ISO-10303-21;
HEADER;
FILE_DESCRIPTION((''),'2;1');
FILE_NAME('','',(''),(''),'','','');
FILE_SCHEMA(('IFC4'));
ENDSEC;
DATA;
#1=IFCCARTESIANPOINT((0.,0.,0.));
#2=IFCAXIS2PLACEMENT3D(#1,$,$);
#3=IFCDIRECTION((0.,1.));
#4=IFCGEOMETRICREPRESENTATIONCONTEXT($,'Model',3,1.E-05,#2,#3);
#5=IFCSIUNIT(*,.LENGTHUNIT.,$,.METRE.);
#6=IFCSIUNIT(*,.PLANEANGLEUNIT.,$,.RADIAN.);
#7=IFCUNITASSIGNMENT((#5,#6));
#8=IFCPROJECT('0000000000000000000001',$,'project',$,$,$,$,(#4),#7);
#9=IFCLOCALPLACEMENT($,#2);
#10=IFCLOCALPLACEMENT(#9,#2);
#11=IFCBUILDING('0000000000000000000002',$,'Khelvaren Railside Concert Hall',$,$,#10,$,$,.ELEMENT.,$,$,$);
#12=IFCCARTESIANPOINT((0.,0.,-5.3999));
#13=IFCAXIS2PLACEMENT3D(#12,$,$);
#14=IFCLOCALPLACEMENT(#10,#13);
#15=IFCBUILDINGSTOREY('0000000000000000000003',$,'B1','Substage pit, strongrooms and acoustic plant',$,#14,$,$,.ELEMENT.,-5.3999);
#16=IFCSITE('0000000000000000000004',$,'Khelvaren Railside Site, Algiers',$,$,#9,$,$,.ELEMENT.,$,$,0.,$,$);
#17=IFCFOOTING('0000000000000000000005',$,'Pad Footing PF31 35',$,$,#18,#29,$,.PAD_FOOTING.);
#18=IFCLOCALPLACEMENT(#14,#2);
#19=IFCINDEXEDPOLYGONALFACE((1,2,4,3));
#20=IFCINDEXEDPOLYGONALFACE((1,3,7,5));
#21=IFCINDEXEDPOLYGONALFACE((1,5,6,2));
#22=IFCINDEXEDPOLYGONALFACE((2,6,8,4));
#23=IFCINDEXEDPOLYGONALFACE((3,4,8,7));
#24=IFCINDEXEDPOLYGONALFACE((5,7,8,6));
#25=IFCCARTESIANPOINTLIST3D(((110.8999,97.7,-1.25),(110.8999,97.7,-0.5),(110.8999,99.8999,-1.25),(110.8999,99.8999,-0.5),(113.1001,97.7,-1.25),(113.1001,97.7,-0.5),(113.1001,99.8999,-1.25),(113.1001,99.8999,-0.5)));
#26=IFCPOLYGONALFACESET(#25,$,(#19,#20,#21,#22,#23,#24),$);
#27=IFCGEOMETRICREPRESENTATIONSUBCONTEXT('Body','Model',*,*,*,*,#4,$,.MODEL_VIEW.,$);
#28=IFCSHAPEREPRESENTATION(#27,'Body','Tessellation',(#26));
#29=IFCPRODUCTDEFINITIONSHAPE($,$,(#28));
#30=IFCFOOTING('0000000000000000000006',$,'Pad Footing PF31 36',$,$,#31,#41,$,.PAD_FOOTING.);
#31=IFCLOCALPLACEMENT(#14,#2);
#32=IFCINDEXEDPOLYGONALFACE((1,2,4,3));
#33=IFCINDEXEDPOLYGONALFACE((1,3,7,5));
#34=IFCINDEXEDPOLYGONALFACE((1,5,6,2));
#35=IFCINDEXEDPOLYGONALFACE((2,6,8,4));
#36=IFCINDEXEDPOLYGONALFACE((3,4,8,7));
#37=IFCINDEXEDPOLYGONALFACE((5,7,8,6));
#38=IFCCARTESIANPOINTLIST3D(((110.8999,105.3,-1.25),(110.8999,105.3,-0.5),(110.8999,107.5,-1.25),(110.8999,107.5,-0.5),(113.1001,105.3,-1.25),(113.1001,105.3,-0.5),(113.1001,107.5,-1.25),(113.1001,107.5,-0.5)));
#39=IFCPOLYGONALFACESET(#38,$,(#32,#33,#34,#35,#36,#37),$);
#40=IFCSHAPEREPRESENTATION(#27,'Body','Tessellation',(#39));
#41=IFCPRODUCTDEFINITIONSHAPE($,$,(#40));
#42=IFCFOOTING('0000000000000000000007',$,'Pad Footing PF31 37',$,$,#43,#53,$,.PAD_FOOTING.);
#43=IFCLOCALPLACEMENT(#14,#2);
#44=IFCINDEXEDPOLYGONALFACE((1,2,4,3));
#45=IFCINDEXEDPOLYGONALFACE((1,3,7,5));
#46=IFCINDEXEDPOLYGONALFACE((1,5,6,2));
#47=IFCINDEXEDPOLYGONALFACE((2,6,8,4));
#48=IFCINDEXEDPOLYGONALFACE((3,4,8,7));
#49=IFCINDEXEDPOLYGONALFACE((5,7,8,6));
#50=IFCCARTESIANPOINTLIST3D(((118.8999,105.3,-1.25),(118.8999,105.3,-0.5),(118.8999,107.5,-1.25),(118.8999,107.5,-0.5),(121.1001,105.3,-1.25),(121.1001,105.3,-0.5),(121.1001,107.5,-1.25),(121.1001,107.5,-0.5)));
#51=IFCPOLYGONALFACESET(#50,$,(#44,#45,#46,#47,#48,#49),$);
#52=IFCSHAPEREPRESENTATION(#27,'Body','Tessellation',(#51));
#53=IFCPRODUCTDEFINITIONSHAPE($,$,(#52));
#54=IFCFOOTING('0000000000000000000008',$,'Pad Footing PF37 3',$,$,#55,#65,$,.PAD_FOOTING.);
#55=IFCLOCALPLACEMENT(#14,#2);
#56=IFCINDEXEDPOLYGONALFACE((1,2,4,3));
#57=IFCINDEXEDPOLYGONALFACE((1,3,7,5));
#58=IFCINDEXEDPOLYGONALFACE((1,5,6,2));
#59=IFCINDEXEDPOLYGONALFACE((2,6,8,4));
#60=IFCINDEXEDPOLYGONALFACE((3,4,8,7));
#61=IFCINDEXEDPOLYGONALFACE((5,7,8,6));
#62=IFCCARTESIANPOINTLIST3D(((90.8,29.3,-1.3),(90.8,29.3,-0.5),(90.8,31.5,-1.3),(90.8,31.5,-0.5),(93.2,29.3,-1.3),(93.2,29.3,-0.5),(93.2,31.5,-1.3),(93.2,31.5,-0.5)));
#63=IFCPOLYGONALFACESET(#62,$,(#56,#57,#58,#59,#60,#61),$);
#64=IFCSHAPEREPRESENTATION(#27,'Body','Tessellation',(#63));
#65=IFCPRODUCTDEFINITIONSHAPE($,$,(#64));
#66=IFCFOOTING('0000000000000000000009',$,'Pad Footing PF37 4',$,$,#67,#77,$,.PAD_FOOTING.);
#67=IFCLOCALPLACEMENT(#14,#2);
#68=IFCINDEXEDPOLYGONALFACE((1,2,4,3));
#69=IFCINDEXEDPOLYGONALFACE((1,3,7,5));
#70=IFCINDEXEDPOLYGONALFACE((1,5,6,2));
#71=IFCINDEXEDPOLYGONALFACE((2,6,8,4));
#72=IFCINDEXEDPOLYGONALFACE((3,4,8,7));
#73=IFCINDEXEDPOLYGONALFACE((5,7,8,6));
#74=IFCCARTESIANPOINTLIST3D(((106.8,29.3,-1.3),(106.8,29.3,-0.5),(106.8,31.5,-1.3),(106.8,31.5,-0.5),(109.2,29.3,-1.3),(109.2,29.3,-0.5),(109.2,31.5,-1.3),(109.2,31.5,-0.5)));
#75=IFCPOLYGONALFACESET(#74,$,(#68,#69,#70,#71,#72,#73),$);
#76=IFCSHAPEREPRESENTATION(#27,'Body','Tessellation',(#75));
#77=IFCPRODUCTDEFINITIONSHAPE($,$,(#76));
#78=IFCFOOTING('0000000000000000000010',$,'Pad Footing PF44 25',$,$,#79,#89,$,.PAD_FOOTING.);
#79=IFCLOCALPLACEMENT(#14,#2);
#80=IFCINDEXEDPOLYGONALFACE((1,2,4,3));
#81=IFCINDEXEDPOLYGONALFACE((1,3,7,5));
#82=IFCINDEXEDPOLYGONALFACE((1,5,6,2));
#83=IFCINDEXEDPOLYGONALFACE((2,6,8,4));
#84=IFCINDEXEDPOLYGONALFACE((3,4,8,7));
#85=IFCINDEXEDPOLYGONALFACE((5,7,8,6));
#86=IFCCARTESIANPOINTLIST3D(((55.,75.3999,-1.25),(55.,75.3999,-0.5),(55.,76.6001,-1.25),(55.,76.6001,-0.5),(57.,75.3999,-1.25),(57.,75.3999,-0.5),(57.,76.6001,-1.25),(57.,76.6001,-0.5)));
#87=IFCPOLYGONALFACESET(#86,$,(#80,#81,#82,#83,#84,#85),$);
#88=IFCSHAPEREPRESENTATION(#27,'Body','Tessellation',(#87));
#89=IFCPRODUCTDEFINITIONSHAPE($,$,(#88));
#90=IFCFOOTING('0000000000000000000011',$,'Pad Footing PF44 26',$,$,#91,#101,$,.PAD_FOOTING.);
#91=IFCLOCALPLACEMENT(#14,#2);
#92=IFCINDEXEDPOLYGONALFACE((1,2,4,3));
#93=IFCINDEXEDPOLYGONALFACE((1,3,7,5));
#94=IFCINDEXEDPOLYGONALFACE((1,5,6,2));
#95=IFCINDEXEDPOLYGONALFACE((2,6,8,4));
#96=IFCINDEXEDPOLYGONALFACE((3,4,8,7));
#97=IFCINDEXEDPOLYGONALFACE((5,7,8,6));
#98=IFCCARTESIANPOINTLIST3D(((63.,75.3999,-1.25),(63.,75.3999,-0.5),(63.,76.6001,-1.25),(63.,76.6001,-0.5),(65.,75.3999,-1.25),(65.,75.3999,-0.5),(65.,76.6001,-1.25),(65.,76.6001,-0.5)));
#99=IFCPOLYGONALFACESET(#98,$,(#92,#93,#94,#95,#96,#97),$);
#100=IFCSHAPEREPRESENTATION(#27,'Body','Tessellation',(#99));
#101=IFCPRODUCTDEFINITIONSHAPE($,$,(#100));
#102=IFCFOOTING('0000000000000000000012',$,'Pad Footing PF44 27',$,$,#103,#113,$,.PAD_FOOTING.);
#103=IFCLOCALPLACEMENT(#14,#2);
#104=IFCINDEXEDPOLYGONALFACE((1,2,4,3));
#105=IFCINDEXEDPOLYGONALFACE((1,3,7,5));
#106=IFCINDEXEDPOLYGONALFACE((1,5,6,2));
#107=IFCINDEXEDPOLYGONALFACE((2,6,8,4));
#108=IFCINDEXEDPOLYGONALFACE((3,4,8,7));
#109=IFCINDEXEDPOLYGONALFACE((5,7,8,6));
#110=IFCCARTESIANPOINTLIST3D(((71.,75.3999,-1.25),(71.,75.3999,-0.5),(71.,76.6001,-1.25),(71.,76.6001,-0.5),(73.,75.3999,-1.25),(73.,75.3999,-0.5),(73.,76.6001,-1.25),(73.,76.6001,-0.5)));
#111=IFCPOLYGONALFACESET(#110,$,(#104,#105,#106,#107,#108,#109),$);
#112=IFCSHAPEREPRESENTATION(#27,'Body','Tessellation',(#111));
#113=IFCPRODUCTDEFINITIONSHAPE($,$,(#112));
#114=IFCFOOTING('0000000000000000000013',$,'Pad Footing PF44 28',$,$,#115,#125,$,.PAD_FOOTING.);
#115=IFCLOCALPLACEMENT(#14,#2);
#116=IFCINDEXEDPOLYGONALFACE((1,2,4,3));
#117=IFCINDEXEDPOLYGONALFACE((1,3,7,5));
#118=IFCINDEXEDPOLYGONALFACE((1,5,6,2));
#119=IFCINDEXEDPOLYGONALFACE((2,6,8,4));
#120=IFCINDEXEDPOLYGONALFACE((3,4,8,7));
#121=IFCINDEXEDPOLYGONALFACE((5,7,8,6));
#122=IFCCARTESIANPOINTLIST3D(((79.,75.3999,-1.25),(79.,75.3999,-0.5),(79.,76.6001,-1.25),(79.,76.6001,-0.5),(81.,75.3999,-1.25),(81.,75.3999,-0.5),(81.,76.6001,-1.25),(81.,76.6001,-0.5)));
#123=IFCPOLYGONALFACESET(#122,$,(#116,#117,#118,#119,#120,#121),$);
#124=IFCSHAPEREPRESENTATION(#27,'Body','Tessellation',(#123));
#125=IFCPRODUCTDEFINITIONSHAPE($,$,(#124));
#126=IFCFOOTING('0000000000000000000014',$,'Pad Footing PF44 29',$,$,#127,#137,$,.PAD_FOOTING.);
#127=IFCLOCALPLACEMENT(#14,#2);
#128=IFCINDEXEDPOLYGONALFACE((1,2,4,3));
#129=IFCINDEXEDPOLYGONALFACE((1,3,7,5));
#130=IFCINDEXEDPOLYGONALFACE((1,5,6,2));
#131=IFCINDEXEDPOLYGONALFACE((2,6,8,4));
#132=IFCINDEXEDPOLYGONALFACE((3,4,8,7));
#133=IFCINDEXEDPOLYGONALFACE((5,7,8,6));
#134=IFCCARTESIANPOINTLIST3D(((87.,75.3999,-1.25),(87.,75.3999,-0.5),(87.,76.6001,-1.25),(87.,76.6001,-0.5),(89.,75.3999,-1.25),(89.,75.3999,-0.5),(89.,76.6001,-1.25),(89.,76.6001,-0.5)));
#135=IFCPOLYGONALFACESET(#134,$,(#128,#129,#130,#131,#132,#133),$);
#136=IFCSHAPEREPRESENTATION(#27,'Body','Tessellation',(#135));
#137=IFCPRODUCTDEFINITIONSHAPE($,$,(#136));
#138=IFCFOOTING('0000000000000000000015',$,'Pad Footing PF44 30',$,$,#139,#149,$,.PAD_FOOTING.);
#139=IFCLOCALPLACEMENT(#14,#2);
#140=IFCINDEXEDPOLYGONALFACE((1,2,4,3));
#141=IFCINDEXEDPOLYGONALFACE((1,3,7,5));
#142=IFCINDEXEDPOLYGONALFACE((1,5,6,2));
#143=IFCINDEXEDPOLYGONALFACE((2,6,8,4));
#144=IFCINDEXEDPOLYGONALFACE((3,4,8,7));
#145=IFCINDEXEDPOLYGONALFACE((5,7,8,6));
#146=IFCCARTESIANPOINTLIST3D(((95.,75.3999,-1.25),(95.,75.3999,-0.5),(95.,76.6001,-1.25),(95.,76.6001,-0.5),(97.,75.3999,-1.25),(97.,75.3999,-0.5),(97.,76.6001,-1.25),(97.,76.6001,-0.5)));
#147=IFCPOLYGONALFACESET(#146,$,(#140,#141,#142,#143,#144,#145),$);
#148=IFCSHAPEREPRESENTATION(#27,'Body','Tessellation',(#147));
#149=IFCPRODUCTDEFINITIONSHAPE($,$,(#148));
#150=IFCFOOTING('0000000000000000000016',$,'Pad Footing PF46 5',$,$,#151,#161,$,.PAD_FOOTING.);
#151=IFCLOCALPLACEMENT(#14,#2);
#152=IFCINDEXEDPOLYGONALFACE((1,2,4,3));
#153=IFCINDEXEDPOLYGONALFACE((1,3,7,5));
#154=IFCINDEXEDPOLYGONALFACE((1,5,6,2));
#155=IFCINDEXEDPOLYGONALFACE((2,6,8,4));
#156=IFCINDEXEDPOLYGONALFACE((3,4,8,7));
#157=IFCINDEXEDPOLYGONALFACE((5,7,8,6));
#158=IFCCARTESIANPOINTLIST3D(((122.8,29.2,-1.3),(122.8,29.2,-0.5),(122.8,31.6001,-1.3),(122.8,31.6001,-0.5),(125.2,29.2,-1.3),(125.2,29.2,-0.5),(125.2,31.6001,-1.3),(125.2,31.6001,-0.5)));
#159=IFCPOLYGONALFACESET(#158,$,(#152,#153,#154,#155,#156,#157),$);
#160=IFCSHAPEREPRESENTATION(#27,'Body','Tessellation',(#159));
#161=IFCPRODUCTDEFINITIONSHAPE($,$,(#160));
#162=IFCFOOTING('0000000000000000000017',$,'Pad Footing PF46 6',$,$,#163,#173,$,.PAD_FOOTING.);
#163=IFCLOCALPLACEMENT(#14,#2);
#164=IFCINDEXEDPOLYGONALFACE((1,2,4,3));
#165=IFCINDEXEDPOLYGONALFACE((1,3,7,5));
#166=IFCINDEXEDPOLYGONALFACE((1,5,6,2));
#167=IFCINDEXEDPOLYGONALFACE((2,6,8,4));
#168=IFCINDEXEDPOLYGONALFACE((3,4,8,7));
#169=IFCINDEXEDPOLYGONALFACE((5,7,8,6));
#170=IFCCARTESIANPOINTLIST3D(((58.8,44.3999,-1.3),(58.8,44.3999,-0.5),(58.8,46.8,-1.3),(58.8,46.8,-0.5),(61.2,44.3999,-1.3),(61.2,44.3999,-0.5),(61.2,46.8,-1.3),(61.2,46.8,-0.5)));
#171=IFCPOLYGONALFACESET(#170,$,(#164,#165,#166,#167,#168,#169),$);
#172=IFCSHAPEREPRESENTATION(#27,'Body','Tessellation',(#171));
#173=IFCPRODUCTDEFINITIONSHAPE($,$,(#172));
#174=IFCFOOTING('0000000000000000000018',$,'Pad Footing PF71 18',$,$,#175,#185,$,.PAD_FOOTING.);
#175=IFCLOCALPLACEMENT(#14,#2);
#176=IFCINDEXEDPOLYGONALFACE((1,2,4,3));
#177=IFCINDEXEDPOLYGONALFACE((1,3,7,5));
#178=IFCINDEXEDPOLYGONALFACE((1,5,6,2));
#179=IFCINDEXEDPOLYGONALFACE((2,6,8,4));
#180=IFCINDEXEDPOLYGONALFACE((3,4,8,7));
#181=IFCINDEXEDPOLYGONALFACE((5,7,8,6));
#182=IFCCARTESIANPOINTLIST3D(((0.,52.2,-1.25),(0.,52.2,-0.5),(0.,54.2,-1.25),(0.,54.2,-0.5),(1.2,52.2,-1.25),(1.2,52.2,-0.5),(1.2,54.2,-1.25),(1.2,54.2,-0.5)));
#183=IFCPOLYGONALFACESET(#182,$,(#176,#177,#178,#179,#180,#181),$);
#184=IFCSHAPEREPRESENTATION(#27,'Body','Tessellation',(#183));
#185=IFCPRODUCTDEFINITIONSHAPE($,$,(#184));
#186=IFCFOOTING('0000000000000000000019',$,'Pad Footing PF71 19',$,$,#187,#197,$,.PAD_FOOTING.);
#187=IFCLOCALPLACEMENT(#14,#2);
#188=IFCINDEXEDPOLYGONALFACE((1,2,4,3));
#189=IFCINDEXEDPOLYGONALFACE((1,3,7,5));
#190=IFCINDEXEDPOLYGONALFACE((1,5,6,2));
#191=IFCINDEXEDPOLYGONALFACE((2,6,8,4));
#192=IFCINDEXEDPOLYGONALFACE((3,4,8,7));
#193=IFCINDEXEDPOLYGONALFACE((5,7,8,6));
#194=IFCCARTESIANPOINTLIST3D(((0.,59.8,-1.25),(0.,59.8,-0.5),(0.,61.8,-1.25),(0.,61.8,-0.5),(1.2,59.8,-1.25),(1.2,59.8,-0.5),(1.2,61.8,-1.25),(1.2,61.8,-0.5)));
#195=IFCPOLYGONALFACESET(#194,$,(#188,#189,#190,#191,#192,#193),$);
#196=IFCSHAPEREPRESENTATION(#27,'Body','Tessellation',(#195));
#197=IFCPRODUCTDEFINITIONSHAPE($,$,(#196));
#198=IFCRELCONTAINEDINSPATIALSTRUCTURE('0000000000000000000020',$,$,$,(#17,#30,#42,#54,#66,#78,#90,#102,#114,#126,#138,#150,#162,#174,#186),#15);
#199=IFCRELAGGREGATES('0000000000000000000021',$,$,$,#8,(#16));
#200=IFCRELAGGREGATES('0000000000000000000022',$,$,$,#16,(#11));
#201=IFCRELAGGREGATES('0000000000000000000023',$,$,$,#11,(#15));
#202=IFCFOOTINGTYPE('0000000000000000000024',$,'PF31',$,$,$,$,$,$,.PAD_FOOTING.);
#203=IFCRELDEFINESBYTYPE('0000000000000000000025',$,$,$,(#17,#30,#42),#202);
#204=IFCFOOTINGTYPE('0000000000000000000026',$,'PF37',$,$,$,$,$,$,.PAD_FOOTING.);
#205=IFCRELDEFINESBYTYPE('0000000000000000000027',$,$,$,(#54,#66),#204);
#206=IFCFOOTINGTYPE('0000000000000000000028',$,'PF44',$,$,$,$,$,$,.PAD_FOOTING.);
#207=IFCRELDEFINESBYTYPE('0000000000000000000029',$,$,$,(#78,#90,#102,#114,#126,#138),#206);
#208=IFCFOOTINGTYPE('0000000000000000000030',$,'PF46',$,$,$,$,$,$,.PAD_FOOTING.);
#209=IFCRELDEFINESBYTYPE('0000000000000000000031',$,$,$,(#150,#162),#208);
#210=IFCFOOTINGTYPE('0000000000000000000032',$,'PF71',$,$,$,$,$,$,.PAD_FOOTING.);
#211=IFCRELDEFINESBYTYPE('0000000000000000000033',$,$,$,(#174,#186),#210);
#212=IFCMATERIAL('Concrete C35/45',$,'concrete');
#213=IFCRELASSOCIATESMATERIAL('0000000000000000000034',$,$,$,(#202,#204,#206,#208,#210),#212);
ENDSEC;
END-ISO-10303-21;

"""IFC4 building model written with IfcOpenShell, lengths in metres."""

from ifc_helpers import new_model, si_unit, direction, frame, origin, place, context, subcontext, project, spatial, polyline, outline, extrude, material, type_object, element, save


model = new_model("IFC4")

# Units and contexts
model_context = context("Model", 3, precision=1e-05, world=origin(), true_north=direction((0.0, 1.0)))
body_context = subcontext(model_context, "Body", "Model", "MODEL_VIEW")
ifc_project = project(units=[si_unit("LENGTHUNIT", "METRE"), si_unit("PLANEANGLEUNIT", "RADIAN")], contexts=[model_context])

# Site, building, storey
site_placement = place(None, origin())
site = spatial("IfcSite", under=ifc_project, at=site_placement, Name="Khelvaren Railside Site, Algiers", CompositionType="ELEMENT", RefElevation=0.0)
building_placement = place(site_placement, origin())
building = spatial("IfcBuilding", under=site, at=building_placement, Name="Khelvaren Railside Concert Hall", CompositionType="ELEMENT")
storey_placement = place(building_placement, frame((0.0, 0.0, -5.3999)))
storey = spatial("IfcBuildingStorey", under=building, at=storey_placement, Name="B1", Description="Substage pit, strongrooms and acoustic plant", CompositionType="ELEMENT", Elevation=-5.3999)

# Footings
ifc_material = material(Name="Concrete C35/45", Category="concrete")
footing_type_1 = type_object("IfcFootingType", Name="PF31", PredefinedType="PAD_FOOTING", material=ifc_material)
footing_1_placement = place(storey_placement, frame((0.0, 0.0, -1.25)))
element("IfcFooting", 1, at=footing_1_placement, inside=storey, type_object=footing_type_1, Name="Pad Footing PF31 35", PredefinedType="PAD_FOOTING", context=body_context, shape_type="SweptSolid", body=[
    extrude(outline(polyline([(110.8999, 97.7), (113.1001, 97.7), (113.1001, 99.8999), (110.8999, 99.8999), (110.8999, 97.7)])), origin(), (0.0, 0.0, 1.0), 0.75),
])
footing_2_placement = place(storey_placement, frame((0.0, 0.0, -1.25)))
element("IfcFooting", 2, at=footing_2_placement, inside=storey, type_object=footing_type_1, Name="Pad Footing PF31 36", PredefinedType="PAD_FOOTING", context=body_context, shape_type="SweptSolid", body=[
    extrude(outline(polyline([(110.8999, 105.3), (113.1001, 105.3), (113.1001, 107.5), (110.8999, 107.5), (110.8999, 105.3)])), origin(), (0.0, 0.0, 1.0), 0.75),
])
footing_3_placement = place(storey_placement, frame((0.0, 0.0, -1.25)))
element("IfcFooting", 3, at=footing_3_placement, inside=storey, type_object=footing_type_1, Name="Pad Footing PF31 37", PredefinedType="PAD_FOOTING", context=body_context, shape_type="SweptSolid", body=[
    extrude(outline(polyline([(118.8999, 105.3), (121.1001, 105.3), (121.1001, 107.5), (118.8999, 107.5), (118.8999, 105.3)])), origin(), (0.0, 0.0, 1.0), 0.75),
])
footing_type_2 = type_object("IfcFootingType", Name="PF37", PredefinedType="PAD_FOOTING", material=ifc_material)
footing_4_placement = place(storey_placement, frame((0.0, 0.0, -1.3)))
element("IfcFooting", 4, at=footing_4_placement, inside=storey, type_object=footing_type_2, Name="Pad Footing PF37 3", PredefinedType="PAD_FOOTING", context=body_context, shape_type="SweptSolid", body=[
    extrude(outline(polyline([(90.8, 29.3), (93.2, 29.3), (93.2, 31.5), (90.8, 31.5), (90.8, 29.3)])), origin(), (0.0, 0.0, 1.0), 0.8),
])
footing_5_placement = place(storey_placement, frame((0.0, 0.0, -1.3)))
element("IfcFooting", 5, at=footing_5_placement, inside=storey, type_object=footing_type_2, Name="Pad Footing PF37 4", PredefinedType="PAD_FOOTING", context=body_context, shape_type="SweptSolid", body=[
    extrude(outline(polyline([(106.8, 29.3), (109.2, 29.3), (109.2, 31.5), (106.8, 31.5), (106.8, 29.3)])), origin(), (0.0, 0.0, 1.0), 0.8),
])
footing_type_3 = type_object("IfcFootingType", Name="PF44", PredefinedType="PAD_FOOTING", material=ifc_material)
footing_6_placement = place(storey_placement, frame((0.0, 0.0, -1.25)))
element("IfcFooting", 6, at=footing_6_placement, inside=storey, type_object=footing_type_3, Name="Pad Footing PF44 25", PredefinedType="PAD_FOOTING", context=body_context, shape_type="SweptSolid", body=[
    extrude(outline(polyline([(55.0, 75.3999), (57.0, 75.3999), (57.0, 76.6001), (55.0, 76.6001), (55.0, 75.3999)])), origin(), (0.0, 0.0, 1.0), 0.75),
])
footing_7_placement = place(storey_placement, frame((0.0, 0.0, -1.25)))
element("IfcFooting", 7, at=footing_7_placement, inside=storey, type_object=footing_type_3, Name="Pad Footing PF44 26", PredefinedType="PAD_FOOTING", context=body_context, shape_type="SweptSolid", body=[
    extrude(outline(polyline([(63.0, 75.3999), (65.0, 75.3999), (65.0, 76.6001), (63.0, 76.6001), (63.0, 75.3999)])), origin(), (0.0, 0.0, 1.0), 0.75),
])
footing_8_placement = place(storey_placement, frame((0.0, 0.0, -1.25)))
element("IfcFooting", 8, at=footing_8_placement, inside=storey, type_object=footing_type_3, Name="Pad Footing PF44 27", PredefinedType="PAD_FOOTING", context=body_context, shape_type="SweptSolid", body=[
    extrude(outline(polyline([(71.0, 75.3999), (73.0, 75.3999), (73.0, 76.6001), (71.0, 76.6001), (71.0, 75.3999)])), origin(), (0.0, 0.0, 1.0), 0.75),
])
footing_9_placement = place(storey_placement, frame((0.0, 0.0, -1.25)))
element("IfcFooting", 9, at=footing_9_placement, inside=storey, type_object=footing_type_3, Name="Pad Footing PF44 28", PredefinedType="PAD_FOOTING", context=body_context, shape_type="SweptSolid", body=[
    extrude(outline(polyline([(79.0, 75.3999), (81.0, 75.3999), (81.0, 76.6001), (79.0, 76.6001), (79.0, 75.3999)])), origin(), (0.0, 0.0, 1.0), 0.75),
])
footing_10_placement = place(storey_placement, frame((0.0, 0.0, -1.25)))
element("IfcFooting", 10, at=footing_10_placement, inside=storey, type_object=footing_type_3, Name="Pad Footing PF44 29", PredefinedType="PAD_FOOTING", context=body_context, shape_type="SweptSolid", body=[
    extrude(outline(polyline([(87.0, 75.3999), (89.0, 75.3999), (89.0, 76.6001), (87.0, 76.6001), (87.0, 75.3999)])), origin(), (0.0, 0.0, 1.0), 0.75),
])
footing_11_placement = place(storey_placement, frame((0.0, 0.0, -1.25)))
element("IfcFooting", 11, at=footing_11_placement, inside=storey, type_object=footing_type_3, Name="Pad Footing PF44 30", PredefinedType="PAD_FOOTING", context=body_context, shape_type="SweptSolid", body=[
    extrude(outline(polyline([(95.0, 75.3999), (97.0, 75.3999), (97.0, 76.6001), (95.0, 76.6001), (95.0, 75.3999)])), origin(), (0.0, 0.0, 1.0), 0.75),
])
footing_type_4 = type_object("IfcFootingType", Name="PF46", PredefinedType="PAD_FOOTING", material=ifc_material)
footing_12_placement = place(storey_placement, frame((0.0, 0.0, -1.3)))
element("IfcFooting", 12, at=footing_12_placement, inside=storey, type_object=footing_type_4, Name="Pad Footing PF46 5", PredefinedType="PAD_FOOTING", context=body_context, shape_type="SweptSolid", body=[
    extrude(outline(polyline([(122.8, 29.2), (125.2, 29.2), (125.2, 31.6001), (122.8, 31.6001), (122.8, 29.2)])), origin(), (0.0, 0.0, 1.0), 0.8),
])
footing_13_placement = place(storey_placement, frame((0.0, 0.0, -1.3)))
element("IfcFooting", 13, at=footing_13_placement, inside=storey, type_object=footing_type_4, Name="Pad Footing PF46 6", PredefinedType="PAD_FOOTING", context=body_context, shape_type="SweptSolid", body=[
    extrude(outline(polyline([(58.8, 44.3999), (61.2, 44.3999), (61.2, 46.8), (58.8, 46.8), (58.8, 44.3999)])), origin(), (0.0, 0.0, 1.0), 0.8),
])
footing_type_5 = type_object("IfcFootingType", Name="PF71", PredefinedType="PAD_FOOTING", material=ifc_material)
footing_14_placement = place(storey_placement, frame((0.0, 0.0, -1.25)))
element("IfcFooting", 14, at=footing_14_placement, inside=storey, type_object=footing_type_5, Name="Pad Footing PF71 18", PredefinedType="PAD_FOOTING", context=body_context, shape_type="SweptSolid", body=[
    extrude(outline(polyline([(0.0, 52.2), (1.2, 52.2), (1.2, 54.2), (0.0, 54.2), (0.0, 52.2)])), origin(), (0.0, 0.0, 1.0), 0.75),
])
footing_15_placement = place(storey_placement, frame((0.0, 0.0, -1.25)))
element("IfcFooting", 15, at=footing_15_placement, inside=storey, type_object=footing_type_5, Name="Pad Footing PF71 19", PredefinedType="PAD_FOOTING", context=body_context, shape_type="SweptSolid", body=[
    extrude(outline(polyline([(0.0, 59.8), (1.2, 59.8), (1.2, 61.8), (0.0, 61.8), (0.0, 59.8)])), origin(), (0.0, 0.0, 1.0), 0.75),
])

save(model, "model.ifc")
